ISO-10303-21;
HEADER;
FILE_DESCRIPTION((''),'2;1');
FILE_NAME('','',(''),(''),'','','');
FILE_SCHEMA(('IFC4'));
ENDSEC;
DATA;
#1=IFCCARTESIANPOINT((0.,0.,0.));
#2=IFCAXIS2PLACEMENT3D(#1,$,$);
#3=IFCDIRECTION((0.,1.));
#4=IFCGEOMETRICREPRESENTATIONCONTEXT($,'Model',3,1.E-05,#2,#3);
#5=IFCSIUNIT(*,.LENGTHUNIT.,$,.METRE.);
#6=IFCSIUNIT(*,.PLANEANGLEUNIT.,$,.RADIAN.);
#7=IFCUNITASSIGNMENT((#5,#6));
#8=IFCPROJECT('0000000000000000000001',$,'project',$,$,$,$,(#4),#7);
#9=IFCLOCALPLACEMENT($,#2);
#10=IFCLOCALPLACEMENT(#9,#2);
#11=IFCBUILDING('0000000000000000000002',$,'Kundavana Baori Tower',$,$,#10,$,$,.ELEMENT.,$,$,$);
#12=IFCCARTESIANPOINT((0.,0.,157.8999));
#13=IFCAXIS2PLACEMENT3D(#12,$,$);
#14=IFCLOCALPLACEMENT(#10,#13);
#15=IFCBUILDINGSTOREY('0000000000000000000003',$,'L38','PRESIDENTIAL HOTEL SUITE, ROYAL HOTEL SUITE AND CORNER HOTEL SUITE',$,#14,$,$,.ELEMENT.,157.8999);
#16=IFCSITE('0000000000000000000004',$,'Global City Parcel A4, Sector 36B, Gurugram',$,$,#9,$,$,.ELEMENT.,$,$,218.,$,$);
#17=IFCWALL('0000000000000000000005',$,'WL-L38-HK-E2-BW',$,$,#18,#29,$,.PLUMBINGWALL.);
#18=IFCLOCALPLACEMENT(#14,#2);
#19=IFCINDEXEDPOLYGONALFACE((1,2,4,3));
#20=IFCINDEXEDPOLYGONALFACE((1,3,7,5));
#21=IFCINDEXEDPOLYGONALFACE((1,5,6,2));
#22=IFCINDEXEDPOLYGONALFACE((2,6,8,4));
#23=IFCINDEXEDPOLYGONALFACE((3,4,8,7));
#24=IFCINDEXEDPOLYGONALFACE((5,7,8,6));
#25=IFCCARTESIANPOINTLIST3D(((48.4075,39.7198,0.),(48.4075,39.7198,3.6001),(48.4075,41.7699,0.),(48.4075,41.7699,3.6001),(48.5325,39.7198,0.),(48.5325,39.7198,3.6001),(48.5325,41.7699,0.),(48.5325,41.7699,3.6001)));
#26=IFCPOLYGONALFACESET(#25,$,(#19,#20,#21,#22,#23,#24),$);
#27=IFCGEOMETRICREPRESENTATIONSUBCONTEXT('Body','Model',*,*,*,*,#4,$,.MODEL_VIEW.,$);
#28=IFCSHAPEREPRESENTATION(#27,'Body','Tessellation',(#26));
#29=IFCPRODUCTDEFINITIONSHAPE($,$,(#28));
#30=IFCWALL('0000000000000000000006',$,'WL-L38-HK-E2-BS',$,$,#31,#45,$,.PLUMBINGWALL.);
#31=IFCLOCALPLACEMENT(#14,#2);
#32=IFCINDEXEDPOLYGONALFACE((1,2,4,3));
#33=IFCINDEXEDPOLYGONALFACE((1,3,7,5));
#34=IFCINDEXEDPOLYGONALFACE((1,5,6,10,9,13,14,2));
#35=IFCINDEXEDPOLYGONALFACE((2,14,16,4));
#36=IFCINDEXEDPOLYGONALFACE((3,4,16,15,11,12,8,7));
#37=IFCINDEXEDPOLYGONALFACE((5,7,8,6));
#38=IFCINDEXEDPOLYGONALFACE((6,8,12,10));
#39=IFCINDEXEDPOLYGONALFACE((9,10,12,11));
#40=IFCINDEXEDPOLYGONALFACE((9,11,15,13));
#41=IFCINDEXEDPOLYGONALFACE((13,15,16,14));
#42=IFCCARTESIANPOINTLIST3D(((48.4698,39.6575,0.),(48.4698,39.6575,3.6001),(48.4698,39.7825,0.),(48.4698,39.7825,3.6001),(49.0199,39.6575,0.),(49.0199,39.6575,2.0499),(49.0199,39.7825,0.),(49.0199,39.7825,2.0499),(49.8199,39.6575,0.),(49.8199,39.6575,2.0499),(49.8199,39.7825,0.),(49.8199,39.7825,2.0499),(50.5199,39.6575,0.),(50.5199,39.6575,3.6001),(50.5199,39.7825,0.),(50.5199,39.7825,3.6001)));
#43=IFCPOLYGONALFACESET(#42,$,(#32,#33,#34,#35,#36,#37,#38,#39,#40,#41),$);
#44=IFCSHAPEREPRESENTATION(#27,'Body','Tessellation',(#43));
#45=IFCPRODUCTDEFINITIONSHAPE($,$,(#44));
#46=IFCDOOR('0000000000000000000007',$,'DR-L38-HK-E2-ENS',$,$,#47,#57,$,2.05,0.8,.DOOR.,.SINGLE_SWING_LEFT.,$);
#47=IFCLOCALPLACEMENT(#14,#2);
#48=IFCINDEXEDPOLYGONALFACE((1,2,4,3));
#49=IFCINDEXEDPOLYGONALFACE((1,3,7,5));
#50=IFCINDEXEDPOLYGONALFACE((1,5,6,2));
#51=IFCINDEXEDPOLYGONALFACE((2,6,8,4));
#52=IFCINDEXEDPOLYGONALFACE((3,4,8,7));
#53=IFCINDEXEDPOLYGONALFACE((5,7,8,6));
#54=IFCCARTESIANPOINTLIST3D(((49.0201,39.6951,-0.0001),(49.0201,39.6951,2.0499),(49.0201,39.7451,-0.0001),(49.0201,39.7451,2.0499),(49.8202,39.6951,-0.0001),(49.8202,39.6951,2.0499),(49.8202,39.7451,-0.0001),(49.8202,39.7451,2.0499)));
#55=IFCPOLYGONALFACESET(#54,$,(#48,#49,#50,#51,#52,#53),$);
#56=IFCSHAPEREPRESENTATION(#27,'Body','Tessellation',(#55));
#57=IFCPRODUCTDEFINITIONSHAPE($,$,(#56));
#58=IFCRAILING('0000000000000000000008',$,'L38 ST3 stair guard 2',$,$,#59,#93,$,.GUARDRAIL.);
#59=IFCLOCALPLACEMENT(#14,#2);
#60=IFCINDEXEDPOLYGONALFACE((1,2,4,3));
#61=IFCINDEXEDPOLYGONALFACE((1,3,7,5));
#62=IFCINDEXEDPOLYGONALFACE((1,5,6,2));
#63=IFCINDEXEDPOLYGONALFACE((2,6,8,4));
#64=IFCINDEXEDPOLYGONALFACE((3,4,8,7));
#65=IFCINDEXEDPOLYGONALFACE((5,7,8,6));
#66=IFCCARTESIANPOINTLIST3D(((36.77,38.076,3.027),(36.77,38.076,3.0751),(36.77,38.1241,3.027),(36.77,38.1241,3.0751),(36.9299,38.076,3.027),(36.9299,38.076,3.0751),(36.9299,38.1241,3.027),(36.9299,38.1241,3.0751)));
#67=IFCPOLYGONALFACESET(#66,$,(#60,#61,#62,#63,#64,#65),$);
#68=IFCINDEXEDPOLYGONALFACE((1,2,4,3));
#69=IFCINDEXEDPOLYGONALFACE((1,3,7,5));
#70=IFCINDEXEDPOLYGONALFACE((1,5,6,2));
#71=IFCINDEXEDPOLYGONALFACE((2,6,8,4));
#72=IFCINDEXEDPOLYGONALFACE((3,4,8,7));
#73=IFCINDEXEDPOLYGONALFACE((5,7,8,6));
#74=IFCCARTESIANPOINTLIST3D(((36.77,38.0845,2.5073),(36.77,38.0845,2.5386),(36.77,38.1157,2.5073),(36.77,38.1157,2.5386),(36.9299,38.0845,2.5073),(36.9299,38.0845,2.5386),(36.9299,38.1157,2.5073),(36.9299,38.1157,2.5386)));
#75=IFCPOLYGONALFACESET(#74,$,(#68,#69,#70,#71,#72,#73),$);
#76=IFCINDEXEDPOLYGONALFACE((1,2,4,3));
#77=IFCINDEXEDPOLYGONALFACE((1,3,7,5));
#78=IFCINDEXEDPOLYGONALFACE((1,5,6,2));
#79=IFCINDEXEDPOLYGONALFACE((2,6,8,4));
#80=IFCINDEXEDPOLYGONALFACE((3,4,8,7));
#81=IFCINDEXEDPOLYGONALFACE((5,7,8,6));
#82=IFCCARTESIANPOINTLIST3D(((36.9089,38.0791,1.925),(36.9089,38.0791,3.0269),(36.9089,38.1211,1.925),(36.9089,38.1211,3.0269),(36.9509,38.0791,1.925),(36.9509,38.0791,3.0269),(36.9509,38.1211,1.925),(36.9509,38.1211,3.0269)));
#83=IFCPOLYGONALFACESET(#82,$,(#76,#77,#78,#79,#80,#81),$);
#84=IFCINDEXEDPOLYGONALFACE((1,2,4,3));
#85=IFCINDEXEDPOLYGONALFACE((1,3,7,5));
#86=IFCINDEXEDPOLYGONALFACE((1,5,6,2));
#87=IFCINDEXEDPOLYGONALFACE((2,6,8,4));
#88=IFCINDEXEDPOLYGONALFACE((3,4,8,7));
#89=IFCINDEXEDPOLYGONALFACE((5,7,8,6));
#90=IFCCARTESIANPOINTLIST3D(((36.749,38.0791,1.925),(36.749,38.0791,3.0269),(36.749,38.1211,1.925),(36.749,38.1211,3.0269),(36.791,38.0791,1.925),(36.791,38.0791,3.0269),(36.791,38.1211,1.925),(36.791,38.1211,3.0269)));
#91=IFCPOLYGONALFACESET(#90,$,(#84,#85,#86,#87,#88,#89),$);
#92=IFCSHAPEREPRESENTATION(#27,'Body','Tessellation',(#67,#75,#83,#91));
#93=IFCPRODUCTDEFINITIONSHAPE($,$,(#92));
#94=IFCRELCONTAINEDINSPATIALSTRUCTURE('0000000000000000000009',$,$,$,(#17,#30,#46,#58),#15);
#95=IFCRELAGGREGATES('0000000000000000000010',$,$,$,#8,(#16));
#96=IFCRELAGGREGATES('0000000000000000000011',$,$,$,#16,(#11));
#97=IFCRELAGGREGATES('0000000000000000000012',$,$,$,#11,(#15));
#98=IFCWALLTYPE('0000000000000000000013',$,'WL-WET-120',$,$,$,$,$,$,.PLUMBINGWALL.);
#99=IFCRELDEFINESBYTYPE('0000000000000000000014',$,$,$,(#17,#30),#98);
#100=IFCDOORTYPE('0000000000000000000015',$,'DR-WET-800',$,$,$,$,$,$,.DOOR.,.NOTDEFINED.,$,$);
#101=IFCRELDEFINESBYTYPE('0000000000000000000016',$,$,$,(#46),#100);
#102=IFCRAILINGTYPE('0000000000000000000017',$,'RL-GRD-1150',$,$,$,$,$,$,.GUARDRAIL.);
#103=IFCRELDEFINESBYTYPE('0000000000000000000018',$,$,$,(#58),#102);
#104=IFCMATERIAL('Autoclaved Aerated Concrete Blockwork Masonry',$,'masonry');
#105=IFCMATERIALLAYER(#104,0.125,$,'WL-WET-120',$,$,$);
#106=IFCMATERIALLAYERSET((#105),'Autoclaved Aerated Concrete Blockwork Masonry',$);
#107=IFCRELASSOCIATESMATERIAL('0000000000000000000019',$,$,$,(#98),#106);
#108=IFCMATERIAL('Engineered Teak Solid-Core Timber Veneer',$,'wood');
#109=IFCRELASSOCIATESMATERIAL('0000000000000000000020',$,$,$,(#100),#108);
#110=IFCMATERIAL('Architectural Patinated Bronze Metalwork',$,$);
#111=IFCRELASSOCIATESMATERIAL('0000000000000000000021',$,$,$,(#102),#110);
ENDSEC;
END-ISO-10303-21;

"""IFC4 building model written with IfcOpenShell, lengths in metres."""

from ifc_helpers import new_model, si_unit, direction, frame, frame_2d, origin, origin_2d, place, context, subcontext, project, spatial, rectangle, extrude, material, layer, layer_set, type_object, element, fill, save


model = new_model("IFC4")

# Units and contexts
model_context = context("Model", 3, precision=1e-05, world=origin(), true_north=direction((0.0, 1.0)))
body_context = subcontext(model_context, "Body", "Model", "MODEL_VIEW")
ifc_project = project(units=[si_unit("LENGTHUNIT", "METRE"), si_unit("PLANEANGLEUNIT", "RADIAN")], contexts=[model_context])

# Site, building, storey
site_placement = place(None, origin())
site = spatial("IfcSite", under=ifc_project, at=site_placement, Name="Global City Parcel A4, Sector 36B, Gurugram", CompositionType="ELEMENT", RefElevation=218.0)
building_placement = place(site_placement, origin())
building = spatial("IfcBuilding", under=site, at=building_placement, Name="Kundavana Baori Tower", CompositionType="ELEMENT")
storey_placement = place(building_placement, frame((0.0, 0.0, 157.8999)))
storey = spatial("IfcBuildingStorey", under=building, at=storey_placement, Name="L38", Description="PRESIDENTIAL HOTEL SUITE, ROYAL HOTEL SUITE AND CORNER HOTEL SUITE", CompositionType="ELEMENT", Elevation=157.8999)

# Wall
ifc_material_1 = material(Name="Autoclaved Aerated Concrete Blockwork Masonry", Category="masonry")
ifc_layer_1 = layer(ifc_material_1, 0.125, Name="WL-WET-120")
ifc_layer_set_1 = layer_set([ifc_layer_1], Name="Autoclaved Aerated Concrete Blockwork Masonry")
wall_type_1 = type_object("IfcWallType", Name="WL-WET-120", PredefinedType="PLUMBINGWALL", material=ifc_layer_set_1)
wall_1_placement = place(storey_placement, frame((48.47, 39.72, 0.0), z_axis=(0.0, 0.0, 1.0), x_axis=(0.0, 1.0, 0.0)))
element("IfcWall", 1, at=wall_1_placement, inside=storey, type_object=wall_type_1, Name="WL-L38-HK-E2-BW", PredefinedType="PLUMBINGWALL", context=body_context, shape_type="SweptSolid", body=[
    extrude(rectangle(XDim=2.05, YDim=0.125, at=frame_2d((1.0249, 0.0))), origin(), (0.0, 0.0, 1.0), 3.6001),
])

# Wall, opening, door
wall_2_placement = place(storey_placement, frame((48.47, 39.72, 0.0), z_axis=(0.0, 0.0, 1.0), x_axis=(1.0, 0.0, 0.0)))
wall_2 = element("IfcWall", 2, at=wall_2_placement, inside=storey, type_object=wall_type_1, Name="WL-L38-HK-E2-BS", PredefinedType="PLUMBINGWALL", context=body_context, shape_type="SweptSolid", body=[
    extrude(rectangle(XDim=2.05, YDim=0.125, at=frame_2d((1.0249, 0.0))), origin(), (0.0, 0.0, 1.0), 3.6001),
])
opening_1_placement = place(wall_2_placement, frame((0.55, 0.0, 0.0)))
opening_1 = element("IfcOpeningElement", 3, at=opening_1_placement, cuts=wall_2, PredefinedType="OPENING", context=body_context, shape_type="SweptSolid", body=[
    extrude(rectangle(XDim=0.8, YDim=2.05, at=frame_2d((0.3999, 1.0249))), frame((0.0, 0.0725, 0.0), z_axis=(0.0, -1.0, 0.0), x_axis=(1.0, 0.0, 0.0)), (0.0, 0.0, 1.0), 0.145),
])
ifc_material_2 = material(Name="Engineered Teak Solid-Core Timber Veneer", Category="wood")
door_type_1 = type_object("IfcDoorType", Name="DR-WET-800", OperationType="NOTDEFINED", PredefinedType="DOOR", material=ifc_material_2)
door_1_placement = place(opening_1_placement, frame((0.8, 0.0, 0.0), z_axis=(0.0, 0.0, 1.0), x_axis=(-1.0, 0.0, 0.0)))
door_1 = element("IfcDoor", 4, at=door_1_placement, inside=storey, type_object=door_type_1, Name="DR-L38-HK-E2-ENS", OperationType="SINGLE_SWING_LEFT", OverallHeight=2.05, OverallWidth=0.8, PredefinedType="DOOR", context=body_context, shape_type="SweptSolid", body=[
    extrude(rectangle(XDim=0.8, YDim=2.05, at=frame_2d((0.3999, 1.0249))), frame((0.0, 0.0249, 0.0), z_axis=(0.0, -1.0, 0.0), x_axis=(1.0, 0.0, 0.0)), (0.0, 0.0, 1.0), 0.05),
])
fill(opening_1, door_1)

# Railing
ifc_material_3 = material(Name="Architectural Patinated Bronze Metalwork")
railing_type_1 = type_object("IfcRailingType", Name="RL-GRD-1150", PredefinedType="GUARDRAIL", material=ifc_material_3)
railing_1_placement = place(storey_placement, frame((36.9299, 38.1001, 1.925)))
element("IfcRailing", 5, at=railing_1_placement, inside=storey, type_object=railing_type_1, Name="L38 ST3 stair guard 2", PredefinedType="GUARDRAIL", context=body_context, shape_type="SweptSolid", body=[
    extrude(rectangle(XDim=0.0481, YDim=0.0481, at=origin_2d()), frame((0.0, 0.0, 1.126), z_axis=(-1.0, 0.0, 0.0), x_axis=(0.0, -1.0, 0.0)), (0.0, 0.0, 1.0), 0.1599),
    extrude(rectangle(XDim=0.0312, YDim=0.0312, at=origin_2d()), frame((0.0, 0.0, 0.5979), z_axis=(-1.0, 0.0, 0.0), x_axis=(0.0, -1.0, 0.0)), (0.0, 0.0, 1.0), 0.1599),
    extrude(rectangle(XDim=0.042, YDim=0.042, at=origin_2d()), origin(), (0.0, 0.0, 1.0), 1.1018),
    extrude(rectangle(XDim=0.042, YDim=0.042, at=origin_2d()), frame((-0.1599, 0.0, 0.0)), (0.0, 0.0, 1.0), 1.1018),
])

save(model, "model.ifc")
